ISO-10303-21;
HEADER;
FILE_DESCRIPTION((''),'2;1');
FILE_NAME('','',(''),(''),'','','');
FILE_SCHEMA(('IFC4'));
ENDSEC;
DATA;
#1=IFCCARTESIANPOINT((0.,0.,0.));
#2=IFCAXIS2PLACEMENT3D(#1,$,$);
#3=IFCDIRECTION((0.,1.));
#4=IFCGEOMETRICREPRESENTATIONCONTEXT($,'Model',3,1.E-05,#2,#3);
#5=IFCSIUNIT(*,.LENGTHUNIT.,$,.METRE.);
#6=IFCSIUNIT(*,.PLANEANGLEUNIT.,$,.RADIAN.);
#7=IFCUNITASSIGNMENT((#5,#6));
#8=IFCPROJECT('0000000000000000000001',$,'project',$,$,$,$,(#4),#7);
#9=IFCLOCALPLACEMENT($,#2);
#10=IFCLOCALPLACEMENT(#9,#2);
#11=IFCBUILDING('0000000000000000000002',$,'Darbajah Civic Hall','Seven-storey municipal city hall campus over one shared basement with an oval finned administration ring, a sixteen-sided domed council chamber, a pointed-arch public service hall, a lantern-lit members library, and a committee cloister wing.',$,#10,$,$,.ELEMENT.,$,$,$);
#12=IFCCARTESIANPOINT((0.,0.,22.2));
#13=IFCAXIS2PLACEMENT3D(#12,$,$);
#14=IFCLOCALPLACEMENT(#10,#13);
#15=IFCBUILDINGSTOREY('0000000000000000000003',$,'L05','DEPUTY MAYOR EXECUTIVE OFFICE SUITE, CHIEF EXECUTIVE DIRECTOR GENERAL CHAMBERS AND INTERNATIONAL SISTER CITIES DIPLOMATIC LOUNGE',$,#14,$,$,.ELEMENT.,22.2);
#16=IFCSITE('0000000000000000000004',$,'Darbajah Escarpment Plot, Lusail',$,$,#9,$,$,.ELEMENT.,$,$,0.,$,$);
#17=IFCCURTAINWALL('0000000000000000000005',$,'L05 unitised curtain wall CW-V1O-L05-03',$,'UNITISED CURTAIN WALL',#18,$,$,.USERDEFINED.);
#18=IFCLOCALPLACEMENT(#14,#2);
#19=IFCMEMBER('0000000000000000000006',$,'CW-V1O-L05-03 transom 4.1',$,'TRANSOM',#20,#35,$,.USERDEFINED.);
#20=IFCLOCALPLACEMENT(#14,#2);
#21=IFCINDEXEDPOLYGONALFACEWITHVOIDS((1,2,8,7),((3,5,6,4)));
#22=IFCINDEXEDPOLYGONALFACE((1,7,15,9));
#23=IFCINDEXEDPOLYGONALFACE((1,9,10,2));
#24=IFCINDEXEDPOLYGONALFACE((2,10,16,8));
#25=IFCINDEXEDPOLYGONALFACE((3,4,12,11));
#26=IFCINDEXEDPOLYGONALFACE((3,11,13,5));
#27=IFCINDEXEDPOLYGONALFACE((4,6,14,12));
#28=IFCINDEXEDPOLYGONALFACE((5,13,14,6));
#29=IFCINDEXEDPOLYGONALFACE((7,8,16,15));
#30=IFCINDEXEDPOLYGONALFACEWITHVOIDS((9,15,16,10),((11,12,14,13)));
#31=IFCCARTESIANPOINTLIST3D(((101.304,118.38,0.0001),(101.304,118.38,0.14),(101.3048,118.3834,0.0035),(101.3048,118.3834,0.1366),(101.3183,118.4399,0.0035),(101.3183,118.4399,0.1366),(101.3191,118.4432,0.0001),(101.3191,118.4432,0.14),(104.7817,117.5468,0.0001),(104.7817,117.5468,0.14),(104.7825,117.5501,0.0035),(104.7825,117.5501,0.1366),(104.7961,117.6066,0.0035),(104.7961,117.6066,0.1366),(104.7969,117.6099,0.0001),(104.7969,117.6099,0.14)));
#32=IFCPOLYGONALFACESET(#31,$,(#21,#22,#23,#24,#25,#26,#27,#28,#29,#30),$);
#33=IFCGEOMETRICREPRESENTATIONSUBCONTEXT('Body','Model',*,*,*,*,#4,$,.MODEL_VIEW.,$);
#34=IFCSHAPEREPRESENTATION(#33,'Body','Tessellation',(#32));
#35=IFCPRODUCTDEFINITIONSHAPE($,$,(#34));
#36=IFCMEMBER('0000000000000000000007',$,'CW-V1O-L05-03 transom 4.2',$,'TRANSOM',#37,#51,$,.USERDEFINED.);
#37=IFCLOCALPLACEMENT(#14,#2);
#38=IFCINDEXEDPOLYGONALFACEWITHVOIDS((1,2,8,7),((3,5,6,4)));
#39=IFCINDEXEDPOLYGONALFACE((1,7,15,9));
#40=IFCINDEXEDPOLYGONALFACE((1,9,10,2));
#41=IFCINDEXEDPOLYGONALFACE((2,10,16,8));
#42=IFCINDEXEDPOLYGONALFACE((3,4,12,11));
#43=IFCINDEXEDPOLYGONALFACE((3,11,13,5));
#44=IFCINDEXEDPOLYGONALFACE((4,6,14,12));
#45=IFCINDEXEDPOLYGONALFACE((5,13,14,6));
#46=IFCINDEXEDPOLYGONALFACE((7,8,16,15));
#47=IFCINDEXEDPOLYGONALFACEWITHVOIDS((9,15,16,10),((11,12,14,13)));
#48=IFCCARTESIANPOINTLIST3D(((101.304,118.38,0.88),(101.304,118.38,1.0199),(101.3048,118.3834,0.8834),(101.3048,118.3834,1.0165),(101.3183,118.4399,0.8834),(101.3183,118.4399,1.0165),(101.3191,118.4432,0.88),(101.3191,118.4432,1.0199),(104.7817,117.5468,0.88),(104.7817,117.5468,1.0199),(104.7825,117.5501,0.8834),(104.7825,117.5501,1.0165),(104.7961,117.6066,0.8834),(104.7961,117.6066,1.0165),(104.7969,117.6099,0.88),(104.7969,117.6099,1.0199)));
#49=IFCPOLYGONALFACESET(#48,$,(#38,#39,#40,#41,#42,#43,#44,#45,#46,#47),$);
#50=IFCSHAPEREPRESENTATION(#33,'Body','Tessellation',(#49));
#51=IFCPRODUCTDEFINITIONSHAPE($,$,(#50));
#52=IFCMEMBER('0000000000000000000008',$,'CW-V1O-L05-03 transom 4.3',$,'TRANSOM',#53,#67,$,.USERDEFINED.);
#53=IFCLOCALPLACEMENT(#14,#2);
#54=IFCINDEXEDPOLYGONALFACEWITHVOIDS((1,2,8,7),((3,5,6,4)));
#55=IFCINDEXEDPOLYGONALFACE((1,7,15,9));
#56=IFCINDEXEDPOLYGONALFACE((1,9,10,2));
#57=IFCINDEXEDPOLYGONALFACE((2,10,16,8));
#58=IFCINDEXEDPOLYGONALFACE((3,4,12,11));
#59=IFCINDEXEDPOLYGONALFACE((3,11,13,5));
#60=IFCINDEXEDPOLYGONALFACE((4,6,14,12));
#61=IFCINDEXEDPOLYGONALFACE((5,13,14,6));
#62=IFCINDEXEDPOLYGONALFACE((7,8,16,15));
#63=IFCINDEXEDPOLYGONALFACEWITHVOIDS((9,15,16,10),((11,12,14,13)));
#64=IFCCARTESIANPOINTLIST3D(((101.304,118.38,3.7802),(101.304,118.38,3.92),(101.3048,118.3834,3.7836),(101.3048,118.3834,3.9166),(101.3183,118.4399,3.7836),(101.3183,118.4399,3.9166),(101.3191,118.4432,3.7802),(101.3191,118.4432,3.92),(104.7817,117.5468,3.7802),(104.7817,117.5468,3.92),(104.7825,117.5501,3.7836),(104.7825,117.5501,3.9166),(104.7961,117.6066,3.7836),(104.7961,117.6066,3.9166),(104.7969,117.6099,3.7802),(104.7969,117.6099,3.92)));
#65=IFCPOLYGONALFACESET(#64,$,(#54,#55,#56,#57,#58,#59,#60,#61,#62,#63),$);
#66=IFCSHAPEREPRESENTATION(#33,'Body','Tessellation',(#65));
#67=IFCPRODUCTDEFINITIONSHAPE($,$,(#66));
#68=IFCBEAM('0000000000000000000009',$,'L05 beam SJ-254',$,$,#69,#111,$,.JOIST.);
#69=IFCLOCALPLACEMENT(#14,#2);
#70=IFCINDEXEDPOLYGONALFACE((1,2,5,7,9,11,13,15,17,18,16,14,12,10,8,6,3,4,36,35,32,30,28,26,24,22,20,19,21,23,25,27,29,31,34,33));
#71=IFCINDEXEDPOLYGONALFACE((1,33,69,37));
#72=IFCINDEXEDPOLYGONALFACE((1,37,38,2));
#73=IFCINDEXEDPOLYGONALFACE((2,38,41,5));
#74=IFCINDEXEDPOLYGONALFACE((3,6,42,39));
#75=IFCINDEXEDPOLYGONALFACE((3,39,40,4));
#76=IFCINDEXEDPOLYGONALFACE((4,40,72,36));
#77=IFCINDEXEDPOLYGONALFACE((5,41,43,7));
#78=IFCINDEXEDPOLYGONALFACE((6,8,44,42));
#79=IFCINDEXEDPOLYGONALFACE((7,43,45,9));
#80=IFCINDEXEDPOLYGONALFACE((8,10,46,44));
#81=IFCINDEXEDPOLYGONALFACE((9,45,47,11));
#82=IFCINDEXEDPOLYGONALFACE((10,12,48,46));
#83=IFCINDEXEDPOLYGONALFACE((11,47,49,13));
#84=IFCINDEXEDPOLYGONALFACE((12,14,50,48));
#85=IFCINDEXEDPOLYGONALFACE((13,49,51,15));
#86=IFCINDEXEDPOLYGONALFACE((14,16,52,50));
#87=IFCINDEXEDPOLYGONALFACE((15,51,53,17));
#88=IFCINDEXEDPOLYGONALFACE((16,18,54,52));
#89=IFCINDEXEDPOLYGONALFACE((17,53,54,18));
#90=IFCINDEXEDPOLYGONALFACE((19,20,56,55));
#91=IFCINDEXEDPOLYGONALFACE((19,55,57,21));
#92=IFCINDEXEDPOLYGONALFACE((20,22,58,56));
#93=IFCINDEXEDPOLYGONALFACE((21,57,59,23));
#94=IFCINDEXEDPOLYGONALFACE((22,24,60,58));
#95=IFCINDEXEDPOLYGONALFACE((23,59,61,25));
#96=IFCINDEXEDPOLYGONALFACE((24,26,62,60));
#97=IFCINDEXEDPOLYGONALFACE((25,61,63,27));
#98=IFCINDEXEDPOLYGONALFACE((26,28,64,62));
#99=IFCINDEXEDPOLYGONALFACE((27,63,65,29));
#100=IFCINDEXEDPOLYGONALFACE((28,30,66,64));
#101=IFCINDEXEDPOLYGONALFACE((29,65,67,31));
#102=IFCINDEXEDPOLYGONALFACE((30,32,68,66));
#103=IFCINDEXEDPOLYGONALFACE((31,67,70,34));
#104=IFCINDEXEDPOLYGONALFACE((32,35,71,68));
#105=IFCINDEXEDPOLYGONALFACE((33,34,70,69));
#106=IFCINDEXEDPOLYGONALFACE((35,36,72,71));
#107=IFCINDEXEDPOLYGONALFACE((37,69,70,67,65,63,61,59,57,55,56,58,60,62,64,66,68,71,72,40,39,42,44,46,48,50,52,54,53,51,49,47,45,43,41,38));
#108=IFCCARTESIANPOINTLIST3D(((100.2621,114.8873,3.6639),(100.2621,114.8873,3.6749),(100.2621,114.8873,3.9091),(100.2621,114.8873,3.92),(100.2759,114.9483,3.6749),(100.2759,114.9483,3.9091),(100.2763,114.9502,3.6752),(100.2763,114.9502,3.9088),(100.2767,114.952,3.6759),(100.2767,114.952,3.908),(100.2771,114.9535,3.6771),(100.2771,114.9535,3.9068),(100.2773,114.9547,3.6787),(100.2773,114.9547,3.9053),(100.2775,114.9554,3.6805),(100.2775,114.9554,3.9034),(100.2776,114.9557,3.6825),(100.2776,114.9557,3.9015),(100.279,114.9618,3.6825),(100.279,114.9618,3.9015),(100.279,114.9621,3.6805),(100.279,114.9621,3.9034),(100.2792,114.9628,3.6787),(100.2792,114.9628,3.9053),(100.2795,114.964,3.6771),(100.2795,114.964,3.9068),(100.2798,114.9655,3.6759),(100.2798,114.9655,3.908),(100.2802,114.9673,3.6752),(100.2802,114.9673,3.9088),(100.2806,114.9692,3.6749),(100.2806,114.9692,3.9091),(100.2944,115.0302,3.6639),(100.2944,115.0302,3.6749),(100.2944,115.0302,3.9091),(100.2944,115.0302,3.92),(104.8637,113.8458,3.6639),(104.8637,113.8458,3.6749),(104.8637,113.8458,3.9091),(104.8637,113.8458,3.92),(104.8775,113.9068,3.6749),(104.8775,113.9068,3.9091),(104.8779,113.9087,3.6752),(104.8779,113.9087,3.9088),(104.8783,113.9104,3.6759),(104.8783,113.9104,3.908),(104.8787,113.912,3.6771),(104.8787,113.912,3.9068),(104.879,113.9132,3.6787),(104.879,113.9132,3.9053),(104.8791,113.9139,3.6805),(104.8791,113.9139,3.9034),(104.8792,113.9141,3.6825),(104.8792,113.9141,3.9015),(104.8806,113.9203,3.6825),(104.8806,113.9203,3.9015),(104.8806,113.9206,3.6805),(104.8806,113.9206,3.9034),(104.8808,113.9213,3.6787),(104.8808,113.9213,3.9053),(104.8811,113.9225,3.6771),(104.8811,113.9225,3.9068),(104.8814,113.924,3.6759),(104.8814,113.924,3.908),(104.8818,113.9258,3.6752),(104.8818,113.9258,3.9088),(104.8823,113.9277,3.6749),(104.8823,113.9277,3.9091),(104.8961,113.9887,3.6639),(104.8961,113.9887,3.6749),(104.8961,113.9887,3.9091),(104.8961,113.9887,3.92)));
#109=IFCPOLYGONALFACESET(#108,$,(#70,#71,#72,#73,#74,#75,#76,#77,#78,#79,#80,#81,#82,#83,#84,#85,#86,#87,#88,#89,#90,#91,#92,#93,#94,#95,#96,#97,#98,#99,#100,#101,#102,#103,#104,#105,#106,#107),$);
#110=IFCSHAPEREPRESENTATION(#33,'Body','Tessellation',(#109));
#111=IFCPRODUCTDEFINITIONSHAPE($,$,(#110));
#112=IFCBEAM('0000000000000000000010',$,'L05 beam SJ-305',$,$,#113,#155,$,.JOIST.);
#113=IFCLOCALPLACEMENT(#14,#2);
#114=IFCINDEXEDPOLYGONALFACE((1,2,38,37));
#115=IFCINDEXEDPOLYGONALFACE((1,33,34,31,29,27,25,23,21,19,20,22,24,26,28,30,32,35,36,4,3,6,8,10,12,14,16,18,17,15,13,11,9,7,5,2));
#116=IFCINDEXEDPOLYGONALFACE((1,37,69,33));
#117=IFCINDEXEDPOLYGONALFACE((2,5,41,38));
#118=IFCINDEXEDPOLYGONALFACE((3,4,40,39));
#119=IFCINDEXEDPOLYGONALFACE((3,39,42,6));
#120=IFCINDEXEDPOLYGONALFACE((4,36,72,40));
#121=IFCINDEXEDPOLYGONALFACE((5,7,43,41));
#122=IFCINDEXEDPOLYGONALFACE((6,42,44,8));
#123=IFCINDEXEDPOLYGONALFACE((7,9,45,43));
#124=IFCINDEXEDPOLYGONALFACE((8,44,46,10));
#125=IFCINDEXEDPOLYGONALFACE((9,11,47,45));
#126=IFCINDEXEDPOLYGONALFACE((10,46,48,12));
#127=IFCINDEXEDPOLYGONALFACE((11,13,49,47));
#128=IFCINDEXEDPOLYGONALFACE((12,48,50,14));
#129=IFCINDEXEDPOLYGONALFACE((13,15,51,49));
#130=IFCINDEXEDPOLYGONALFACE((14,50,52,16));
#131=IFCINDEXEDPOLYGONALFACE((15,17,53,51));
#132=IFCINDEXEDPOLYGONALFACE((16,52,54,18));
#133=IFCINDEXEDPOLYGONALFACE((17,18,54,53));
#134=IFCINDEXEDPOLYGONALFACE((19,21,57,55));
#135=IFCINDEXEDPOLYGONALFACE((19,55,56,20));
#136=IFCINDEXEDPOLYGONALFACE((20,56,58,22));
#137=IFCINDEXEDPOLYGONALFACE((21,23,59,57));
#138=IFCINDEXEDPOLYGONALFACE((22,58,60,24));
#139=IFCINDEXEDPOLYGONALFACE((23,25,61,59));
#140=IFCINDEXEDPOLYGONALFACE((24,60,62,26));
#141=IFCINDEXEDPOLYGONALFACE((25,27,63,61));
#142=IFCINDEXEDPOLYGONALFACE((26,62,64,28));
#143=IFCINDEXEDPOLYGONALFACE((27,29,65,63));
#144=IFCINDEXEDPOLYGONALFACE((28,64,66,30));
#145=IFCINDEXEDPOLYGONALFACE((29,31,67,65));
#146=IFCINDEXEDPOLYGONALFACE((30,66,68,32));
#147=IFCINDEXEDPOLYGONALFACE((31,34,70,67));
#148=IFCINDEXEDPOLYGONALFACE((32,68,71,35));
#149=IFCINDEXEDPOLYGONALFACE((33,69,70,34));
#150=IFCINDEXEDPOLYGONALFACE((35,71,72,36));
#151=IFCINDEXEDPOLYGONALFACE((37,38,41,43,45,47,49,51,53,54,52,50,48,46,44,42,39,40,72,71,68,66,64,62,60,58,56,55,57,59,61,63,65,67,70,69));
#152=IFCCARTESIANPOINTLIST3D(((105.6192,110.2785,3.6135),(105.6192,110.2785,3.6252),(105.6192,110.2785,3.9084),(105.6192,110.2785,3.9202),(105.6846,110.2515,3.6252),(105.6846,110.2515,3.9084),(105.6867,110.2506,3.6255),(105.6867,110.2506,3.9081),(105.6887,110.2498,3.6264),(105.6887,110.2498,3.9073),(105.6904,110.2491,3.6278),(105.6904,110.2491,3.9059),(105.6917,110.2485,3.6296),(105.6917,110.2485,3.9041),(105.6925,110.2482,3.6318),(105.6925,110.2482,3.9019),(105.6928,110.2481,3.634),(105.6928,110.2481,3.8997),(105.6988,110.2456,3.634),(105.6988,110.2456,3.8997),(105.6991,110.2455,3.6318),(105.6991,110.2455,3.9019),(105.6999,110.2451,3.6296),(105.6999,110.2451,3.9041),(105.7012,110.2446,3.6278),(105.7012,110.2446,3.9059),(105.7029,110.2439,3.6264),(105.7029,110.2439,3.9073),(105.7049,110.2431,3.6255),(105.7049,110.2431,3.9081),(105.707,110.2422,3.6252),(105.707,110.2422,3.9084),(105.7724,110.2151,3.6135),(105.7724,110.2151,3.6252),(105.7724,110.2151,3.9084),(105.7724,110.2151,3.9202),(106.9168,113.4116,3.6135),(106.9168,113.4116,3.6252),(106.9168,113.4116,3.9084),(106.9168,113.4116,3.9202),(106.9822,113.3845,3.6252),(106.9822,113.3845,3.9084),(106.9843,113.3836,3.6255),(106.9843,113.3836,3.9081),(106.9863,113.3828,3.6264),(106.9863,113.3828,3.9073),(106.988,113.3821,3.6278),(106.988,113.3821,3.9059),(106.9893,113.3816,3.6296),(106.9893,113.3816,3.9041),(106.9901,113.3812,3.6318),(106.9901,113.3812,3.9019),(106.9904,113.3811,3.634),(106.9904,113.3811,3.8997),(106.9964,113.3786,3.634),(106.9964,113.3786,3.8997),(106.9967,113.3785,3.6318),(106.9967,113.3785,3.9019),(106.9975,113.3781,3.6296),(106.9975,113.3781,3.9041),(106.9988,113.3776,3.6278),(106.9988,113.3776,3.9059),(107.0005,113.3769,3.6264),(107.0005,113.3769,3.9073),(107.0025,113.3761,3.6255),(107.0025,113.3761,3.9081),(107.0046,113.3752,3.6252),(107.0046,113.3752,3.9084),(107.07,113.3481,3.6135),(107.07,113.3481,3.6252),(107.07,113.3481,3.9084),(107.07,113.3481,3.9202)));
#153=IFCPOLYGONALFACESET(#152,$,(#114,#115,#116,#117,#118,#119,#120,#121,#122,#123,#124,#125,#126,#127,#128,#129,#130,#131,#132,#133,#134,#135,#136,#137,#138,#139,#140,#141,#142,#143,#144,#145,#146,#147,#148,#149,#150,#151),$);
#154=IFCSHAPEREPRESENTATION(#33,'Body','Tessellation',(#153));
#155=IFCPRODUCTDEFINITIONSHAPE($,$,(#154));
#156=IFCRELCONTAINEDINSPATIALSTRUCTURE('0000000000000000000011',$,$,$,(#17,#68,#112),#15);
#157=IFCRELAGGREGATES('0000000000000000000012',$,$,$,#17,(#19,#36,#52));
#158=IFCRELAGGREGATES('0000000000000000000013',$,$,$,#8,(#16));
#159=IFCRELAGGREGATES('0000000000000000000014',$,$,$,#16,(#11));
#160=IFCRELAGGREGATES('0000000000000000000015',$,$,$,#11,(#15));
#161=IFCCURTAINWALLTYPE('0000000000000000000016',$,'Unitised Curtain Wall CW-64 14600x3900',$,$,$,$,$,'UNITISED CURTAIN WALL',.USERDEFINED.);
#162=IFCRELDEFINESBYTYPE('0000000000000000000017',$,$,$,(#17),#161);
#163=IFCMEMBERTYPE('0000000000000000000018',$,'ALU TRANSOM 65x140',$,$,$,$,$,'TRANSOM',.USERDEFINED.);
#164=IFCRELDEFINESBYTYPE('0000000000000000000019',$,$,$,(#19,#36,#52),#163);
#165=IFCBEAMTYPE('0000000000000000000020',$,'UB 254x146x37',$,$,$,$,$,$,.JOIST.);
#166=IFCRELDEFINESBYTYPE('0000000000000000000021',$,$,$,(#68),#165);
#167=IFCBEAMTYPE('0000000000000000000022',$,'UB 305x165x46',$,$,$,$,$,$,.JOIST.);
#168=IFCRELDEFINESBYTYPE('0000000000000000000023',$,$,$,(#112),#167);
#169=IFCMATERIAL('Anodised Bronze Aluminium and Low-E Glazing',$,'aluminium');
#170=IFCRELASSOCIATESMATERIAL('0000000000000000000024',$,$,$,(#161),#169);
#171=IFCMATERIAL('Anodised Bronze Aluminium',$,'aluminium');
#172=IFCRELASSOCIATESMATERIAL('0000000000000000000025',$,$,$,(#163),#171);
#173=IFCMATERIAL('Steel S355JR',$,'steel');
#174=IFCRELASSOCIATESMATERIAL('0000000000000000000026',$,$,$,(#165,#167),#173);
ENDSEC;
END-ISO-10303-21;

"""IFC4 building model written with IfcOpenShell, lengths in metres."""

from ifc_helpers import new_model, si_unit, direction, frame, origin, origin_2d, place, context, subcontext, project, spatial, hollow_rectangle, i_section, extrude, material, material_profile, profile_set, type_object, element, aggregate, save


model = new_model("IFC4")

# Units and contexts
model_context = context("Model", 3, precision=1e-05, world=origin(), true_north=direction((0.0, 1.0)))
body_context = subcontext(model_context, "Body", "Model", "MODEL_VIEW")
ifc_project = project(units=[si_unit("LENGTHUNIT", "METRE"), si_unit("PLANEANGLEUNIT", "RADIAN")], contexts=[model_context])

# Site, building, storey
site_placement = place(None, origin())
site = spatial("IfcSite", under=ifc_project, at=site_placement, Name="Darbajah Escarpment Plot, Lusail", CompositionType="ELEMENT", RefElevation=0.0)
building_placement = place(site_placement, origin())
building = spatial("IfcBuilding", under=site, at=building_placement, Name="Darbajah Civic Hall", Description="Seven-storey municipal city hall campus over one shared basement with an oval finned administration ring, a sixteen-sided domed council chamber, a pointed-arch public service hall, a lantern-lit members library, and a committee cloister wing.", CompositionType="ELEMENT")
storey_placement = place(building_placement, frame((0.0, 0.0, 22.2)))
storey = spatial("IfcBuildingStorey", under=building, at=storey_placement, Name="L05", Description="DEPUTY MAYOR EXECUTIVE OFFICE SUITE, CHIEF EXECUTIVE DIRECTOR GENERAL CHAMBERS AND INTERNATIONAL SISTER CITIES DIPLOMATIC LOUNGE", CompositionType="ELEMENT", Elevation=22.2)

# Curtain wall
ifc_material_1 = material(Name="Anodised Bronze Aluminium and Low-E Glazing", Category="aluminium")
ifc_material_2 = material(Name="Anodised Bronze Aluminium", Category="aluminium")
curtain_wall_type_1 = type_object("IfcCurtainWallType", Name="Unitised Curtain Wall CW-64 14600x3900", ElementType="UNITISED CURTAIN WALL", PredefinedType="USERDEFINED", material=ifc_material_1)
curtain_wall_1_placement = place(storey_placement, origin())
curtain_wall_1 = element("IfcCurtainWall", 1, at=curtain_wall_1_placement, inside=storey, type_object=curtain_wall_type_1, Name="L05 unitised curtain wall CW-V1O-L05-03", ObjectType="UNITISED CURTAIN WALL", PredefinedType="USERDEFINED")

# Members
ifc_material_profile_1 = material_profile(ifc_material_2, hollow_rectangle(XDim=0.0649, YDim=0.1399, WallThickness=0.0034, at=origin_2d()), Name="ALU TRANSOM 65x140")
ifc_profile_set_1 = profile_set([ifc_material_profile_1], Name="Anodised Bronze Aluminium")
member_type_1 = type_object("IfcMemberType", Name="ALU TRANSOM 65x140", ElementType="TRANSOM", PredefinedType="USERDEFINED", material=ifc_profile_set_1)
member_1_placement = place(storey_placement, frame((104.7893, 117.5784, 0.0701), z_axis=(-0.972477, 0.232999, 0.0), x_axis=(-0.232999, -0.972477, 0.0)))
member_1 = element("IfcMember", 2, at=member_1_placement, type_object=member_type_1, Name="CW-V1O-L05-03 transom 4.1", ObjectType="TRANSOM", PredefinedType="USERDEFINED", context=body_context, shape_type="SweptSolid", body=[
    extrude(hollow_rectangle(XDim=0.0649, YDim=0.1399, WallThickness=0.0034, at=origin_2d()), origin(), (0.0, 0.0, 1.0), 3.5762),
])
member_2_placement = place(storey_placement, frame((104.7893, 117.5784, 0.95), z_axis=(-0.972477, 0.232999, 0.0), x_axis=(-0.232999, -0.972477, 0.0)))
member_2 = element("IfcMember", 3, at=member_2_placement, type_object=member_type_1, Name="CW-V1O-L05-03 transom 4.2", ObjectType="TRANSOM", PredefinedType="USERDEFINED", context=body_context, shape_type="SweptSolid", body=[
    extrude(hollow_rectangle(XDim=0.0649, YDim=0.1399, WallThickness=0.0034, at=origin_2d()), origin(), (0.0, 0.0, 1.0), 3.5762),
])
member_3_placement = place(storey_placement, frame((104.7893, 117.5784, 3.8501), z_axis=(-0.972477, 0.232999, 0.0), x_axis=(-0.232999, -0.972477, 0.0)))
member_3 = element("IfcMember", 4, at=member_3_placement, type_object=member_type_1, Name="CW-V1O-L05-03 transom 4.3", ObjectType="TRANSOM", PredefinedType="USERDEFINED", context=body_context, shape_type="SweptSolid", body=[
    extrude(hollow_rectangle(XDim=0.0649, YDim=0.1399, WallThickness=0.0034, at=origin_2d()), origin(), (0.0, 0.0, 1.0), 3.5762),
])

# Beams
ifc_material_3 = material(Name="Steel S355JR", Category="steel")
ifc_material_profile_2 = material_profile(ifc_material_3, i_section(OverallWidth=0.1465, OverallDepth=0.2561, WebThickness=0.0063, FlangeThickness=0.011, FilletRadius=0.0076, at=origin_2d()), Name="UB 254x146x37")
ifc_profile_set_2 = profile_set([ifc_material_profile_2], Name="Steel S355JR")
beam_type_1 = type_object("IfcBeamType", Name="UB 254x146x37", PredefinedType="JOIST", material=ifc_profile_set_2)
beam_1_placement = place(storey_placement, frame((104.8799, 113.9172, 3.792), z_axis=(-0.97533, 0.220753, 0.0), x_axis=(-0.220753, -0.97533, 0.0)))
element("IfcBeam", 5, at=beam_1_placement, inside=storey, type_object=beam_type_1, Name="L05 beam SJ-254", PredefinedType="JOIST", context=body_context, shape_type="SweptSolid", body=[
    extrude(i_section(OverallWidth=0.1465, OverallDepth=0.2561, WebThickness=0.0063, FlangeThickness=0.011, FilletRadius=0.0076, at=origin_2d()), origin(), (0.0, 0.0, 1.0), 4.718),
])
ifc_material_profile_3 = material_profile(ifc_material_3, i_section(OverallWidth=0.1658, OverallDepth=0.3066, WebThickness=0.0066, FlangeThickness=0.0117, FilletRadius=0.0088, at=origin_2d()), Name="UB 305x165x46")
ifc_profile_set_3 = profile_set([ifc_material_profile_3], Name="Steel S355JR")
beam_type_2 = type_object("IfcBeamType", Name="UB 305x165x46", PredefinedType="JOIST", material=ifc_profile_set_3)
beam_2_placement = place(storey_placement, frame((105.6958, 110.2468, 3.7668), z_axis=(0.382646, 0.923895, 0.0), x_axis=(-0.923895, 0.382646, 0.0)))
element("IfcBeam", 6, at=beam_2_placement, inside=storey, type_object=beam_type_2, Name="L05 beam SJ-305", PredefinedType="JOIST", context=body_context, shape_type="SweptSolid", body=[
    extrude(i_section(OverallWidth=0.1658, OverallDepth=0.3066, WebThickness=0.0066, FlangeThickness=0.0117, FilletRadius=0.0088, at=origin_2d()), origin(), (0.0, 0.0, 1.0), 3.3911),
])

aggregate(curtain_wall_1, [member_1, member_2, member_3])

save(model, "model.ifc")
